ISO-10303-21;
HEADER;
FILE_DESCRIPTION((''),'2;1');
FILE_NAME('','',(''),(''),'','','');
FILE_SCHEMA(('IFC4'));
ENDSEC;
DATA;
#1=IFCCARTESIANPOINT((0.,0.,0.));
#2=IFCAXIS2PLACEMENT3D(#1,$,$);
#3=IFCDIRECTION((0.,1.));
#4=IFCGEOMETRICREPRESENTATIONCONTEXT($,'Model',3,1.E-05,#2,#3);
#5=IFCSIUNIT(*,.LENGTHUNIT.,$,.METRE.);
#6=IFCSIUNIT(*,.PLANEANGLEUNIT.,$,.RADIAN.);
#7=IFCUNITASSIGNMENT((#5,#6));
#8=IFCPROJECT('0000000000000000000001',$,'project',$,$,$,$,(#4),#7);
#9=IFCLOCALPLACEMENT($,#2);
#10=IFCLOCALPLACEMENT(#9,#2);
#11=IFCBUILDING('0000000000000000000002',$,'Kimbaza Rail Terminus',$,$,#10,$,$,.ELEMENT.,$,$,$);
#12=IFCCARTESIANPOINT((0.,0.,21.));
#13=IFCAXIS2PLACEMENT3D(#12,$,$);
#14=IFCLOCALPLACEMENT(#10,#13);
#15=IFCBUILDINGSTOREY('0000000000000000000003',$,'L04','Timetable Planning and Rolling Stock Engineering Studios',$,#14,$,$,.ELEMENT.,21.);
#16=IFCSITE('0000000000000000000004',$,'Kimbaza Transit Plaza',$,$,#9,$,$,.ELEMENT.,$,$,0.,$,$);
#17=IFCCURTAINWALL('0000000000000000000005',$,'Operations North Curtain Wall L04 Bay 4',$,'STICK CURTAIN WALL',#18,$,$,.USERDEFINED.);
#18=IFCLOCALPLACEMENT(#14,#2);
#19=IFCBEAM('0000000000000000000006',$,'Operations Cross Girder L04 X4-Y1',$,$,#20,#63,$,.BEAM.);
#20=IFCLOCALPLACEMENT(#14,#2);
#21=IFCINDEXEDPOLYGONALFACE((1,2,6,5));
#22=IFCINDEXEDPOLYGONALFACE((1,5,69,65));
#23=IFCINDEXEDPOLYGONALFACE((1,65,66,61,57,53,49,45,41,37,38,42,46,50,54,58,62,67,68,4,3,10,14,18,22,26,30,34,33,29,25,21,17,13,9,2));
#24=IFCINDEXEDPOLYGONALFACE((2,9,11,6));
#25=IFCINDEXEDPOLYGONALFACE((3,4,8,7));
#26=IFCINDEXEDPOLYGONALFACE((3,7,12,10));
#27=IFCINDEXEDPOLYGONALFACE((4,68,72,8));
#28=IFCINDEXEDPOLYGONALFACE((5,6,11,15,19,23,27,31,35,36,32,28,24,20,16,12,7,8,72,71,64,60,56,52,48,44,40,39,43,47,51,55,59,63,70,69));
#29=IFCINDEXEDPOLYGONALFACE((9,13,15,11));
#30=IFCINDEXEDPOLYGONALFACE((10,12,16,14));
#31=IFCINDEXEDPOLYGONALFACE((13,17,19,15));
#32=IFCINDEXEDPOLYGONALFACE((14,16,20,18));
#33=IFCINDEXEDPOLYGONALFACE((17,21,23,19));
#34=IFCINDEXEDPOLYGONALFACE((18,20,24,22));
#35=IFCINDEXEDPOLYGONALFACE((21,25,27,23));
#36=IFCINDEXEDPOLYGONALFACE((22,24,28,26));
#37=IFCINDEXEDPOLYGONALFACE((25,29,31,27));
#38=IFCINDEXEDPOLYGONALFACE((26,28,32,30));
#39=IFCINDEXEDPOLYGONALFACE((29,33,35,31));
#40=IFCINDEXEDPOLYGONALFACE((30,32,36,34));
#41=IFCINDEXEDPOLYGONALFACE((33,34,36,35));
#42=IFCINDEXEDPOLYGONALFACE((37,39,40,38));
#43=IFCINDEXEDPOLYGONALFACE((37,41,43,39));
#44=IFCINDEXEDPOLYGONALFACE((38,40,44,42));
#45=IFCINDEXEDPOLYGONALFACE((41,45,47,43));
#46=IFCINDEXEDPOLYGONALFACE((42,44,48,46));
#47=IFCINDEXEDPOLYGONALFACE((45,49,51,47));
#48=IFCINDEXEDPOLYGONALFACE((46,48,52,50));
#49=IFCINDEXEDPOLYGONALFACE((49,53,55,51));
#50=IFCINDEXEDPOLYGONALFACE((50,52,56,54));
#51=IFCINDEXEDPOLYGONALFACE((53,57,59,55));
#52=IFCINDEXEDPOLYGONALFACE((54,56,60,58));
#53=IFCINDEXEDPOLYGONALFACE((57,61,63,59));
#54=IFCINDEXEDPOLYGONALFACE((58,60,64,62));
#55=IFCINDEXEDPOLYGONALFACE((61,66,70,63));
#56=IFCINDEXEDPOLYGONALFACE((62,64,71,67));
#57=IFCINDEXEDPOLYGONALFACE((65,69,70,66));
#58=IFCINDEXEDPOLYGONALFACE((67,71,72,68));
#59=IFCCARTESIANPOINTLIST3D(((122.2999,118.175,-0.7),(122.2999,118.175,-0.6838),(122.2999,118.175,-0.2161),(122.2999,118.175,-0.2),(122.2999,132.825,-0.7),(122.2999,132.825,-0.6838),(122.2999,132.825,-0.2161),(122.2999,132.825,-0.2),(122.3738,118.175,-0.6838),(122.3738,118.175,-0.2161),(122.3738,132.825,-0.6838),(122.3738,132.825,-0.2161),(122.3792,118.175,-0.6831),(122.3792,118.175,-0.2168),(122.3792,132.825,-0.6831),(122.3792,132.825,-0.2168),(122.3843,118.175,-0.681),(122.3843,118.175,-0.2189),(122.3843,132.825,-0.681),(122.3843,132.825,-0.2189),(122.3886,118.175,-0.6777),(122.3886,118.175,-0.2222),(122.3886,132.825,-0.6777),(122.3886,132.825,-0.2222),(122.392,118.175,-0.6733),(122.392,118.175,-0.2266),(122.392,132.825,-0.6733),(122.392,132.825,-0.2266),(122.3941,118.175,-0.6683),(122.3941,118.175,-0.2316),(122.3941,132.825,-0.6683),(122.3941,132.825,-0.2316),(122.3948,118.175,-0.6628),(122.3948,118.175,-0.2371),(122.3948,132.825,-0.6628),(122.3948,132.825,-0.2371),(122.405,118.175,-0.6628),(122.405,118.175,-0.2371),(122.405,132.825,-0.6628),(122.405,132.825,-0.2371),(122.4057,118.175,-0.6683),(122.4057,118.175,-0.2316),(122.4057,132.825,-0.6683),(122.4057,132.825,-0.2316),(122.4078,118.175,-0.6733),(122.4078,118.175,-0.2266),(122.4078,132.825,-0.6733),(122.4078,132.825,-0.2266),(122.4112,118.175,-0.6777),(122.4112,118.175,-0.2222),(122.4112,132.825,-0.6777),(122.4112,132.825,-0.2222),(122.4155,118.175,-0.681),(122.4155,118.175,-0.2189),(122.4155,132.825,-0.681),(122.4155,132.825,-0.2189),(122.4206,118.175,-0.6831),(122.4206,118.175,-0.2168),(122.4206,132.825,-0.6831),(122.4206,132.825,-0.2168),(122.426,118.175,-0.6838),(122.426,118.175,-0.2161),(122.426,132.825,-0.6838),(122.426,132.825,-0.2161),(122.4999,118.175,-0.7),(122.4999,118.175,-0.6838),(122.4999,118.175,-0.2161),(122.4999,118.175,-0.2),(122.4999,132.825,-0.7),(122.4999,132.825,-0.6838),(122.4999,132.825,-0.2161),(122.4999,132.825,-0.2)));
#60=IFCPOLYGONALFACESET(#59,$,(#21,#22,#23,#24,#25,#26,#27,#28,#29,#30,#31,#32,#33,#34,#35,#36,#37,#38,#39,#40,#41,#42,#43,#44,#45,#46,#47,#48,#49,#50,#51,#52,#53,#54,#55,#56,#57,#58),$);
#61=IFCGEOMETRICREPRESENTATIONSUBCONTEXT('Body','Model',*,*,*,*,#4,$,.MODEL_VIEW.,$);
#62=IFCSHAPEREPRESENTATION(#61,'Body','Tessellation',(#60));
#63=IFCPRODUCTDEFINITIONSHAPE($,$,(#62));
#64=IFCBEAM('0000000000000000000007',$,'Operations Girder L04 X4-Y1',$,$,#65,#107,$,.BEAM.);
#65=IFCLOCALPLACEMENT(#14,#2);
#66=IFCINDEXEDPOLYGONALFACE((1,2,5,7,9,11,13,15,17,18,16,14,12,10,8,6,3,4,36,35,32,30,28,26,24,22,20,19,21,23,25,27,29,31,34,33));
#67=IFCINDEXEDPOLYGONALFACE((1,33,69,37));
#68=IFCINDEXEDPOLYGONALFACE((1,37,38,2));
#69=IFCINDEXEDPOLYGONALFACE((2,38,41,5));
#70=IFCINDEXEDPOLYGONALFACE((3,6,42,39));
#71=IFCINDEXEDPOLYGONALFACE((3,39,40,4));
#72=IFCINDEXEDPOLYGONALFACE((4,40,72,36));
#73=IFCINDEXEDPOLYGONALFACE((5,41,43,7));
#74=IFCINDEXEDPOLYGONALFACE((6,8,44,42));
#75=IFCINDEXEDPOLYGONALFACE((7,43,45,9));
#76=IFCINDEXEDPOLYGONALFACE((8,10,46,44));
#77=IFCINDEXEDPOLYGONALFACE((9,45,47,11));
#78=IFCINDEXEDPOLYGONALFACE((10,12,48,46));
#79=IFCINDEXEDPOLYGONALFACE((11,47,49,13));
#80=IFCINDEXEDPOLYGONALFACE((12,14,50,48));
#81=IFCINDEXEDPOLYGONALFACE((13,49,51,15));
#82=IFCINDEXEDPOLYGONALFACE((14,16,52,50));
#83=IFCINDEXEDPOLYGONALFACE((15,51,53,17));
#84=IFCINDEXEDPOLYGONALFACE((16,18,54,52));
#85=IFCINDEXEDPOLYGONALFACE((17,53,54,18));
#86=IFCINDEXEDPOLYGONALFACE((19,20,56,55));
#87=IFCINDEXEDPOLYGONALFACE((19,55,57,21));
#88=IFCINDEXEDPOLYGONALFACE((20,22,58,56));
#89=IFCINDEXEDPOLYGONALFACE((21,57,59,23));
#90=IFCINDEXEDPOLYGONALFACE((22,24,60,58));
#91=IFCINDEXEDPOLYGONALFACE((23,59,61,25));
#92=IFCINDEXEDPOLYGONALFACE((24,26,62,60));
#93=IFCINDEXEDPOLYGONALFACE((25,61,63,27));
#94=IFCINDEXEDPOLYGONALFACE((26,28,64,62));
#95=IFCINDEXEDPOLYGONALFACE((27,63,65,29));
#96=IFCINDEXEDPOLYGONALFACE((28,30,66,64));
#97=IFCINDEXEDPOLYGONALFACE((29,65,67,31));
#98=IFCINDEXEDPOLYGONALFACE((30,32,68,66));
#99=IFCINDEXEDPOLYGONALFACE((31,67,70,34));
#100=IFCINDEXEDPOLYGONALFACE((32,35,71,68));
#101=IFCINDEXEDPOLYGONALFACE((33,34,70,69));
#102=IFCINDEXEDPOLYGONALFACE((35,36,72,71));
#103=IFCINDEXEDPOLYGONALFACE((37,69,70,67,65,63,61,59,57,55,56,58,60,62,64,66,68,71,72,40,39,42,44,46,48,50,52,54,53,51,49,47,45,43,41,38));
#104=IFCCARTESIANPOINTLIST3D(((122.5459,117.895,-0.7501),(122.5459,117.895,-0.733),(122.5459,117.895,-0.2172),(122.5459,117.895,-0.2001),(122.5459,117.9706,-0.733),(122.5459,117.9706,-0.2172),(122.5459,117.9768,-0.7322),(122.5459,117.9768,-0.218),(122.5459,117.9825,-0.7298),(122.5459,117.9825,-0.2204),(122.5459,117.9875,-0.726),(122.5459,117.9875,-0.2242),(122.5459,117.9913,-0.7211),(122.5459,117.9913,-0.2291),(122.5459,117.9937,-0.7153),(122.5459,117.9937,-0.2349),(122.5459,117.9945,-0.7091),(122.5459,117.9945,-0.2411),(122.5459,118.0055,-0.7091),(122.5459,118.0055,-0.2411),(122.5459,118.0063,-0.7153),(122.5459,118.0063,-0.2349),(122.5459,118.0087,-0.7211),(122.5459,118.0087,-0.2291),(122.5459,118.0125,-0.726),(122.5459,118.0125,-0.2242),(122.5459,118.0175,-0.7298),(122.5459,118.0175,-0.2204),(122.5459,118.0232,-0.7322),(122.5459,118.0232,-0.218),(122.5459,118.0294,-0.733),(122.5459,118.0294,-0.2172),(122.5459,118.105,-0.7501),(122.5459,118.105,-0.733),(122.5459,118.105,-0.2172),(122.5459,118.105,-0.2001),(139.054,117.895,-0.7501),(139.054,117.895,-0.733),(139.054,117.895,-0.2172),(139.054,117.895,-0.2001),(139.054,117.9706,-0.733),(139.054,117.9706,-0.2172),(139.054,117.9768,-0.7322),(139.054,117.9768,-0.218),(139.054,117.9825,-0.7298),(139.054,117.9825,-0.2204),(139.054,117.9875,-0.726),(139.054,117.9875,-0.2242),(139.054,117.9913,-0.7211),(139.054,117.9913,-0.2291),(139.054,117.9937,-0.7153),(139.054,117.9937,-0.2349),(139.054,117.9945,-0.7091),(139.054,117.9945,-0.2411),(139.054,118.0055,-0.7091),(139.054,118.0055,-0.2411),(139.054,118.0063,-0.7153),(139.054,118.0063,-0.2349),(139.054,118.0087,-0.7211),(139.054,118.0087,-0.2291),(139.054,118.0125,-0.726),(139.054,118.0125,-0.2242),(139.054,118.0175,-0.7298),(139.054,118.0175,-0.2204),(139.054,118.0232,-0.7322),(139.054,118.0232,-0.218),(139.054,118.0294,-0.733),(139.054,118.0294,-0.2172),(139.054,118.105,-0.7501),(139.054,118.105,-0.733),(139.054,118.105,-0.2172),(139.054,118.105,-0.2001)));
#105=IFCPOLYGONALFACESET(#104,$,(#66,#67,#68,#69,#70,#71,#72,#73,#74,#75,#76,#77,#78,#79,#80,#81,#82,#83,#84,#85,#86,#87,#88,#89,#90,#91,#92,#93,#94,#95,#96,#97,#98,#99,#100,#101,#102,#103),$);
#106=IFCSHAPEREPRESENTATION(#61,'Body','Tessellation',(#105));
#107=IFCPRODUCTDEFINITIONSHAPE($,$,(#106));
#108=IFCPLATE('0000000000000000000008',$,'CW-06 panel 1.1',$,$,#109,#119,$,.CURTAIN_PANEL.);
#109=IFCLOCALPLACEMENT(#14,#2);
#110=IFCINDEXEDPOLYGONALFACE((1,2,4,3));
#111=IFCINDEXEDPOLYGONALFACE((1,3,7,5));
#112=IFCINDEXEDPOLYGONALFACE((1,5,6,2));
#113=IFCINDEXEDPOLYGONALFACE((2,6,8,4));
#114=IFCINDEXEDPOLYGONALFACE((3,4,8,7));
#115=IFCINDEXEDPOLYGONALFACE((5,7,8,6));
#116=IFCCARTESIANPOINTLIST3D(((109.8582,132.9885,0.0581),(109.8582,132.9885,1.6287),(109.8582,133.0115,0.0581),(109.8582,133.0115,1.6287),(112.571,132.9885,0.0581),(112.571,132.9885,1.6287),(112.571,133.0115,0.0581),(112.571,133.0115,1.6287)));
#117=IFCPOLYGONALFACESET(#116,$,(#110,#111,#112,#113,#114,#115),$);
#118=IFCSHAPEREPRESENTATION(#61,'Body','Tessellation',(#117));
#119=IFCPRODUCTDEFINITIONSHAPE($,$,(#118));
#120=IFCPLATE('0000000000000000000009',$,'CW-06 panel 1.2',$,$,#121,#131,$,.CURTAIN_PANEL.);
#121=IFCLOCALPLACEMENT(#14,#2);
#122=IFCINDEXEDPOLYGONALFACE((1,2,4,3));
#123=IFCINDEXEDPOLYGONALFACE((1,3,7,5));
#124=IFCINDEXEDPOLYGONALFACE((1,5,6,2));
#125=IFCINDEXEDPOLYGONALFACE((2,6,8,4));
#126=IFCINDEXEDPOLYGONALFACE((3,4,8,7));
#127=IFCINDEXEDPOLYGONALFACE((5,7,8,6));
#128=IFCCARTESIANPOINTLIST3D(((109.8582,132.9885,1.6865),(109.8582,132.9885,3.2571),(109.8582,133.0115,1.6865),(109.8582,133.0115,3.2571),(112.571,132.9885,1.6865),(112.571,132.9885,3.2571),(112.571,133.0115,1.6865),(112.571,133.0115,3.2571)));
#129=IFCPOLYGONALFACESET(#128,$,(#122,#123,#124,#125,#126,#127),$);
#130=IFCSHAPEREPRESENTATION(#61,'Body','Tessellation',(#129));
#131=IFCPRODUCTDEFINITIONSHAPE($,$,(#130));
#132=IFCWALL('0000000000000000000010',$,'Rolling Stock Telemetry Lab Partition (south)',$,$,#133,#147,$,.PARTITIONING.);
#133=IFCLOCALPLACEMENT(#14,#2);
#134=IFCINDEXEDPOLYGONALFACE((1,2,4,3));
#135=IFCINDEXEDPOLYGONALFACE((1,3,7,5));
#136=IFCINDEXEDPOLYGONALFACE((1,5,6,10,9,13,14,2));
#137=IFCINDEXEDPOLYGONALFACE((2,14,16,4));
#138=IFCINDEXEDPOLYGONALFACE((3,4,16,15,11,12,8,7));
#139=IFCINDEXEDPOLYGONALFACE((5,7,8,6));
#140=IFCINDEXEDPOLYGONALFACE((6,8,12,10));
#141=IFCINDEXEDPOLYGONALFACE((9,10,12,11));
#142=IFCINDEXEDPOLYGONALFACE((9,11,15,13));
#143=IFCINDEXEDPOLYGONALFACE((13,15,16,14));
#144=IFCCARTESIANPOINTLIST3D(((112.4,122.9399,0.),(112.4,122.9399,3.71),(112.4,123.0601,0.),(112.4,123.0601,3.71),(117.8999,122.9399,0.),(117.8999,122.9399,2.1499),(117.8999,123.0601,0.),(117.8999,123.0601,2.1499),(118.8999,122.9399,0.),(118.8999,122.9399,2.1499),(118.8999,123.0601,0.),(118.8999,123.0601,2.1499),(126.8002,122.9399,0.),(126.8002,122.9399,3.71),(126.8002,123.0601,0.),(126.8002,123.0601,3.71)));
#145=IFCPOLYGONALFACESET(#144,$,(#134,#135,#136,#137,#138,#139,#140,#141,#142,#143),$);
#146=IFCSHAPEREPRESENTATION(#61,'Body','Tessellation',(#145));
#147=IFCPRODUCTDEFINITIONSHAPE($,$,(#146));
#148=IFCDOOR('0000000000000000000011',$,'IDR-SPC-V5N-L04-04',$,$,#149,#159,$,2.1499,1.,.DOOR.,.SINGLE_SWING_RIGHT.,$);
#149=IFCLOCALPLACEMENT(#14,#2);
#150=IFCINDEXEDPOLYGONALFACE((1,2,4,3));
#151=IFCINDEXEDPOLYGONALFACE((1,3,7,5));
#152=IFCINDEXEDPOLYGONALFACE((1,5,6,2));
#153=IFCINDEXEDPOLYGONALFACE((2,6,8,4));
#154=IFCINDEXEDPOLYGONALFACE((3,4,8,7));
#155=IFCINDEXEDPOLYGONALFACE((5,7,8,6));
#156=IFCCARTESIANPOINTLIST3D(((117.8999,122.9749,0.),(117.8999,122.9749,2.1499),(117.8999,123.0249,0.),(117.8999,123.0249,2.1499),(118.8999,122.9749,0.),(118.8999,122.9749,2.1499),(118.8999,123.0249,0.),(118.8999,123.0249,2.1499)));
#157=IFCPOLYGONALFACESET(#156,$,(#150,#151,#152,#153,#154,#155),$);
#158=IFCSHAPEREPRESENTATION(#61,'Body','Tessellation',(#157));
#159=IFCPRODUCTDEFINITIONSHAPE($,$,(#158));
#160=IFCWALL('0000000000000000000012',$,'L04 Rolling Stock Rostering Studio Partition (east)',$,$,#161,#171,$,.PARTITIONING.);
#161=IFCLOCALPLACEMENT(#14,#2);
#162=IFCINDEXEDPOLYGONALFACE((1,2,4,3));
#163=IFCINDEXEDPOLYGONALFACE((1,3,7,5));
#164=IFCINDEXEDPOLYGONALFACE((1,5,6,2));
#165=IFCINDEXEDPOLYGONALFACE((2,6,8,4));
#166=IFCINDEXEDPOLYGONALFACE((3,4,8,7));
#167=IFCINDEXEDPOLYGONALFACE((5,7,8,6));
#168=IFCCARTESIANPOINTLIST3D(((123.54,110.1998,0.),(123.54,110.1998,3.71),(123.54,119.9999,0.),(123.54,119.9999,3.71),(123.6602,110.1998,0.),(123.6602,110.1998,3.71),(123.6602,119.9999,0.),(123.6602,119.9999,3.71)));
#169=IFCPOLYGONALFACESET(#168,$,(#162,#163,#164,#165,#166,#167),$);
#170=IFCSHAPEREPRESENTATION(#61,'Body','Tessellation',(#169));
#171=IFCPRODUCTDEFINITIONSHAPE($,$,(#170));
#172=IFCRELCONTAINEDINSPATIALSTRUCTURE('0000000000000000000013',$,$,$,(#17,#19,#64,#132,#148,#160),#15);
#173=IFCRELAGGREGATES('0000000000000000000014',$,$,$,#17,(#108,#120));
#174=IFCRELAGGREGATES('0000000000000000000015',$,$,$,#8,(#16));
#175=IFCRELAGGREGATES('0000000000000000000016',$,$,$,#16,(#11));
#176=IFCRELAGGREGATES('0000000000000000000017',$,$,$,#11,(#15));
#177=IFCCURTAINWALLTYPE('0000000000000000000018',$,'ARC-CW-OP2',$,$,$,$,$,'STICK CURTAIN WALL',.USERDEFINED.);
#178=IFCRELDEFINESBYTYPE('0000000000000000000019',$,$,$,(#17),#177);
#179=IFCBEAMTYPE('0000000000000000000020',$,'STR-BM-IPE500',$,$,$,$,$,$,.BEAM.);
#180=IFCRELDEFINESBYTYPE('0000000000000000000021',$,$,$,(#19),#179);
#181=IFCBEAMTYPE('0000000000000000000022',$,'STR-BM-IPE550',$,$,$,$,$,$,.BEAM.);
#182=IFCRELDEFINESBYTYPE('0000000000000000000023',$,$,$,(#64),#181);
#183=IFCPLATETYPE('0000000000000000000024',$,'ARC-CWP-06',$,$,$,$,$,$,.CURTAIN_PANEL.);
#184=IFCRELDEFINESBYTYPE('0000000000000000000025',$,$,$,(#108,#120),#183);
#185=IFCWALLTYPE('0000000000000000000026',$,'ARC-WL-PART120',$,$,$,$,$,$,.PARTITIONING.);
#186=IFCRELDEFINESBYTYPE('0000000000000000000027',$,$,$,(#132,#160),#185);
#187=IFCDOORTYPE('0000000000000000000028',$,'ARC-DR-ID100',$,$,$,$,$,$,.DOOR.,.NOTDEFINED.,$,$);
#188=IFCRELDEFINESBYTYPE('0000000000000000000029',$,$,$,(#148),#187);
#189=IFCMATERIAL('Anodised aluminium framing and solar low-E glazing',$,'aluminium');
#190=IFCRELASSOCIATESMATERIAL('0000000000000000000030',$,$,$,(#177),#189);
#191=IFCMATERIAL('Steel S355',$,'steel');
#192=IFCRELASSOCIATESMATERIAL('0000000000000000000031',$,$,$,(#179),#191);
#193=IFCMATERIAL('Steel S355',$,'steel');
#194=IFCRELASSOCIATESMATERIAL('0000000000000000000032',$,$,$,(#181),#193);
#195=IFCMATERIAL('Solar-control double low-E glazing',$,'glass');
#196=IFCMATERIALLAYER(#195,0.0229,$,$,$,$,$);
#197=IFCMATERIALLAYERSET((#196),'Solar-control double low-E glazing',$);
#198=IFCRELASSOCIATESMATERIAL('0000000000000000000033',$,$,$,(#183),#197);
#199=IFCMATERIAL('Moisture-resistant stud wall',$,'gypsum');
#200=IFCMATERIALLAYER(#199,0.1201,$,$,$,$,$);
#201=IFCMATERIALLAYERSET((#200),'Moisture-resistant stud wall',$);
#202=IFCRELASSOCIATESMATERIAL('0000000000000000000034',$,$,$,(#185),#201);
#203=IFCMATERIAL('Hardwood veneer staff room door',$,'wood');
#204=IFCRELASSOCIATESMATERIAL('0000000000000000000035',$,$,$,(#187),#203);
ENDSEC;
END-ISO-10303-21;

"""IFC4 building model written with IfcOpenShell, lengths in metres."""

from ifc_helpers import new_model, si_unit, direction, frame, frame_2d, origin, origin_2d, place, context, subcontext, project, spatial, rectangle, i_section, extrude, material, layer, layer_set, material_profile, profile_set, type_object, element, fill, aggregate, save


model = new_model("IFC4")

# Units and contexts
model_context = context("Model", 3, precision=1e-05, world=origin(), true_north=direction((0.0, 1.0)))
body_context = subcontext(model_context, "Body", "Model", "MODEL_VIEW")
ifc_project = project(units=[si_unit("LENGTHUNIT", "METRE"), si_unit("PLANEANGLEUNIT", "RADIAN")], contexts=[model_context])

# Site, building, storey
site_placement = place(None, origin())
site = spatial("IfcSite", under=ifc_project, at=site_placement, Name="Kimbaza Transit Plaza", CompositionType="ELEMENT", RefElevation=0.0)
building_placement = place(site_placement, origin())
building = spatial("IfcBuilding", under=site, at=building_placement, Name="Kimbaza Rail Terminus", CompositionType="ELEMENT")
storey_placement = place(building_placement, frame((0.0, 0.0, 21.0)))
storey = spatial("IfcBuildingStorey", under=building, at=storey_placement, Name="L04", Description="Timetable Planning and Rolling Stock Engineering Studios", CompositionType="ELEMENT", Elevation=21.0)

# Curtain wall
ifc_material_1 = material(Name="Anodised aluminium framing and solar low-E glazing", Category="aluminium")
curtain_wall_type = type_object("IfcCurtainWallType", Name="ARC-CW-OP2", ElementType="STICK CURTAIN WALL", PredefinedType="USERDEFINED", material=ifc_material_1)
curtain_wall_placement = place(storey_placement, origin())
curtain_wall = element("IfcCurtainWall", 1, at=curtain_wall_placement, inside=storey, type_object=curtain_wall_type, Name="Operations North Curtain Wall L04 Bay 4", ObjectType="STICK CURTAIN WALL", PredefinedType="USERDEFINED")

# Beams
ifc_material_2 = material(Name="Steel S355", Category="steel")
ifc_material_profile_1 = material_profile(ifc_material_2, i_section(OverallWidth=0.2, OverallDepth=0.5, WebThickness=0.0103, FlangeThickness=0.0161, FilletRadius=0.021, at=origin_2d()), Name="IPE 500")
ifc_profile_set_1 = profile_set([ifc_material_profile_1], Name="Steel S355")
beam_type_1 = type_object("IfcBeamType", Name="STR-BM-IPE500", PredefinedType="BEAM", material=ifc_profile_set_1)
beam_1_placement = place(storey_placement, frame((122.3999, 118.175, -0.45), z_axis=(0.0, 1.0, 0.0), x_axis=(-1.0, 0.0, 0.0)))
element("IfcBeam", 2, at=beam_1_placement, inside=storey, type_object=beam_type_1, Name="Operations Cross Girder L04 X4-Y1", PredefinedType="BEAM", context=body_context, shape_type="SweptSolid", body=[
    extrude(i_section(OverallWidth=0.2, OverallDepth=0.5, WebThickness=0.0103, FlangeThickness=0.0161, FilletRadius=0.021, at=origin_2d()), origin(), (0.0, 0.0, 1.0), 14.6499),
])
ifc_material_3 = material(Name="Steel S355", Category="steel")
ifc_material_profile_2 = material_profile(ifc_material_3, i_section(OverallWidth=0.21, OverallDepth=0.55, WebThickness=0.011, FlangeThickness=0.0171, FilletRadius=0.0239, at=origin_2d()), Name="IPE 550")
ifc_profile_set_2 = profile_set([ifc_material_profile_2], Name="Steel S355")
beam_type_2 = type_object("IfcBeamType", Name="STR-BM-IPE550", PredefinedType="BEAM", material=ifc_profile_set_2)
beam_2_placement = place(storey_placement, frame((122.5459, 118.0, -0.4751), z_axis=(1.0, 0.0, 0.0), x_axis=(0.0, 1.0, 0.0)))
element("IfcBeam", 3, at=beam_2_placement, inside=storey, type_object=beam_type_2, Name="Operations Girder L04 X4-Y1", PredefinedType="BEAM", context=body_context, shape_type="SweptSolid", body=[
    extrude(i_section(OverallWidth=0.21, OverallDepth=0.55, WebThickness=0.011, FlangeThickness=0.0171, FilletRadius=0.0239, at=origin_2d()), origin(), (0.0, 0.0, 1.0), 16.5081),
])

# Plates
ifc_material_4 = material(Name="Solar-control double low-E glazing", Category="glass")
ifc_layer_1 = layer(ifc_material_4, 0.0229)
ifc_layer_set_1 = layer_set([ifc_layer_1], Name="Solar-control double low-E glazing")
plate_type = type_object("IfcPlateType", Name="ARC-CWP-06", PredefinedType="CURTAIN_PANEL", material=ifc_layer_set_1)
plate_1_placement = place(storey_placement, frame((111.2146, 133.0, 0.0581), z_axis=(0.0, 0.0, 1.0), x_axis=(1.0, 0.0, 0.0)))
plate_1 = element("IfcPlate", 4, at=plate_1_placement, type_object=plate_type, Name="CW-06 panel 1.1", PredefinedType="CURTAIN_PANEL", context=body_context, shape_type="SweptSolid", body=[
    extrude(rectangle(XDim=2.7129, YDim=0.0229, at=origin_2d()), origin(), (0.0, 0.0, 1.0), 1.5706),
])
plate_2_placement = place(storey_placement, frame((111.2146, 133.0, 1.6865), z_axis=(0.0, 0.0, 1.0), x_axis=(1.0, 0.0, 0.0)))
plate_2 = element("IfcPlate", 5, at=plate_2_placement, type_object=plate_type, Name="CW-06 panel 1.2", PredefinedType="CURTAIN_PANEL", context=body_context, shape_type="SweptSolid", body=[
    extrude(rectangle(XDim=2.7129, YDim=0.0229, at=origin_2d()), origin(), (0.0, 0.0, 1.0), 1.5706),
])
aggregate(curtain_wall, [plate_1, plate_2])

# Wall, opening, door
ifc_material_5 = material(Name="Moisture-resistant stud wall", Category="gypsum")
ifc_layer_2 = layer(ifc_material_5, 0.1201)
ifc_layer_set_2 = layer_set([ifc_layer_2], Name="Moisture-resistant stud wall")
wall_type_1 = type_object("IfcWallType", Name="ARC-WL-PART120", PredefinedType="PARTITIONING", material=ifc_layer_set_2)
wall_1_placement = place(storey_placement, frame((112.3999, 123.0, 0.0), z_axis=(0.0, 0.0, 1.0), x_axis=(1.0, 0.0, 0.0)))
wall_1 = element("IfcWall", 6, at=wall_1_placement, inside=storey, type_object=wall_type_1, Name="Rolling Stock Telemetry Lab Partition (south)", PredefinedType="PARTITIONING", context=body_context, shape_type="SweptSolid", body=[
    extrude(rectangle(XDim=14.4001, YDim=0.1201, at=frame_2d((7.2002, 0.0))), origin(), (0.0, 0.0, 1.0), 3.71),
])
opening_1_placement = place(wall_1_placement, frame((5.5, 0.0, 0.0)))
opening_1 = element("IfcOpeningElement", 7, at=opening_1_placement, cuts=wall_1, PredefinedType="OPENING", context=body_context, shape_type="SweptSolid", body=[
    extrude(rectangle(XDim=1.0, YDim=2.1499, at=frame_2d((0.5, 1.075))), frame((0.0, 0.0701, 0.0), z_axis=(0.0, -1.0, 0.0), x_axis=(1.0, 0.0, 0.0)), (0.0, 0.0, 1.0), 0.1401),
])
ifc_material_6 = material(Name="Hardwood veneer staff room door", Category="wood")
door_type_1 = type_object("IfcDoorType", Name="ARC-DR-ID100", OperationType="NOTDEFINED", PredefinedType="DOOR", material=ifc_material_6)
door_1_placement = place(opening_1_placement, origin())
door_1 = element("IfcDoor", 8, at=door_1_placement, inside=storey, type_object=door_type_1, Name="IDR-SPC-V5N-L04-04", OperationType="SINGLE_SWING_RIGHT", OverallHeight=2.1499, OverallWidth=1.0, PredefinedType="DOOR", context=body_context, shape_type="SweptSolid", body=[
    extrude(rectangle(XDim=1.0, YDim=2.1499, at=frame_2d((0.5, 1.075))), frame((0.0, 0.0249, 0.0), z_axis=(0.0, -1.0, 0.0), x_axis=(1.0, 0.0, 0.0)), (0.0, 0.0, 1.0), 0.05),
])
fill(opening_1, door_1)

# Wall
wall_2_placement = place(storey_placement, frame((123.6001, 110.2, 0.0), z_axis=(0.0, 0.0, 1.0), x_axis=(0.0, 1.0, 0.0)))
element("IfcWall", 9, at=wall_2_placement, inside=storey, type_object=wall_type_1, Name="L04 Rolling Stock Rostering Studio Partition (east)", PredefinedType="PARTITIONING", context=body_context, shape_type="SweptSolid", body=[
    extrude(rectangle(XDim=9.8, YDim=0.1201, at=frame_2d((4.8999, 0.0))), origin(), (0.0, 0.0, 1.0), 3.71),
])

save(model, "model.ifc")
